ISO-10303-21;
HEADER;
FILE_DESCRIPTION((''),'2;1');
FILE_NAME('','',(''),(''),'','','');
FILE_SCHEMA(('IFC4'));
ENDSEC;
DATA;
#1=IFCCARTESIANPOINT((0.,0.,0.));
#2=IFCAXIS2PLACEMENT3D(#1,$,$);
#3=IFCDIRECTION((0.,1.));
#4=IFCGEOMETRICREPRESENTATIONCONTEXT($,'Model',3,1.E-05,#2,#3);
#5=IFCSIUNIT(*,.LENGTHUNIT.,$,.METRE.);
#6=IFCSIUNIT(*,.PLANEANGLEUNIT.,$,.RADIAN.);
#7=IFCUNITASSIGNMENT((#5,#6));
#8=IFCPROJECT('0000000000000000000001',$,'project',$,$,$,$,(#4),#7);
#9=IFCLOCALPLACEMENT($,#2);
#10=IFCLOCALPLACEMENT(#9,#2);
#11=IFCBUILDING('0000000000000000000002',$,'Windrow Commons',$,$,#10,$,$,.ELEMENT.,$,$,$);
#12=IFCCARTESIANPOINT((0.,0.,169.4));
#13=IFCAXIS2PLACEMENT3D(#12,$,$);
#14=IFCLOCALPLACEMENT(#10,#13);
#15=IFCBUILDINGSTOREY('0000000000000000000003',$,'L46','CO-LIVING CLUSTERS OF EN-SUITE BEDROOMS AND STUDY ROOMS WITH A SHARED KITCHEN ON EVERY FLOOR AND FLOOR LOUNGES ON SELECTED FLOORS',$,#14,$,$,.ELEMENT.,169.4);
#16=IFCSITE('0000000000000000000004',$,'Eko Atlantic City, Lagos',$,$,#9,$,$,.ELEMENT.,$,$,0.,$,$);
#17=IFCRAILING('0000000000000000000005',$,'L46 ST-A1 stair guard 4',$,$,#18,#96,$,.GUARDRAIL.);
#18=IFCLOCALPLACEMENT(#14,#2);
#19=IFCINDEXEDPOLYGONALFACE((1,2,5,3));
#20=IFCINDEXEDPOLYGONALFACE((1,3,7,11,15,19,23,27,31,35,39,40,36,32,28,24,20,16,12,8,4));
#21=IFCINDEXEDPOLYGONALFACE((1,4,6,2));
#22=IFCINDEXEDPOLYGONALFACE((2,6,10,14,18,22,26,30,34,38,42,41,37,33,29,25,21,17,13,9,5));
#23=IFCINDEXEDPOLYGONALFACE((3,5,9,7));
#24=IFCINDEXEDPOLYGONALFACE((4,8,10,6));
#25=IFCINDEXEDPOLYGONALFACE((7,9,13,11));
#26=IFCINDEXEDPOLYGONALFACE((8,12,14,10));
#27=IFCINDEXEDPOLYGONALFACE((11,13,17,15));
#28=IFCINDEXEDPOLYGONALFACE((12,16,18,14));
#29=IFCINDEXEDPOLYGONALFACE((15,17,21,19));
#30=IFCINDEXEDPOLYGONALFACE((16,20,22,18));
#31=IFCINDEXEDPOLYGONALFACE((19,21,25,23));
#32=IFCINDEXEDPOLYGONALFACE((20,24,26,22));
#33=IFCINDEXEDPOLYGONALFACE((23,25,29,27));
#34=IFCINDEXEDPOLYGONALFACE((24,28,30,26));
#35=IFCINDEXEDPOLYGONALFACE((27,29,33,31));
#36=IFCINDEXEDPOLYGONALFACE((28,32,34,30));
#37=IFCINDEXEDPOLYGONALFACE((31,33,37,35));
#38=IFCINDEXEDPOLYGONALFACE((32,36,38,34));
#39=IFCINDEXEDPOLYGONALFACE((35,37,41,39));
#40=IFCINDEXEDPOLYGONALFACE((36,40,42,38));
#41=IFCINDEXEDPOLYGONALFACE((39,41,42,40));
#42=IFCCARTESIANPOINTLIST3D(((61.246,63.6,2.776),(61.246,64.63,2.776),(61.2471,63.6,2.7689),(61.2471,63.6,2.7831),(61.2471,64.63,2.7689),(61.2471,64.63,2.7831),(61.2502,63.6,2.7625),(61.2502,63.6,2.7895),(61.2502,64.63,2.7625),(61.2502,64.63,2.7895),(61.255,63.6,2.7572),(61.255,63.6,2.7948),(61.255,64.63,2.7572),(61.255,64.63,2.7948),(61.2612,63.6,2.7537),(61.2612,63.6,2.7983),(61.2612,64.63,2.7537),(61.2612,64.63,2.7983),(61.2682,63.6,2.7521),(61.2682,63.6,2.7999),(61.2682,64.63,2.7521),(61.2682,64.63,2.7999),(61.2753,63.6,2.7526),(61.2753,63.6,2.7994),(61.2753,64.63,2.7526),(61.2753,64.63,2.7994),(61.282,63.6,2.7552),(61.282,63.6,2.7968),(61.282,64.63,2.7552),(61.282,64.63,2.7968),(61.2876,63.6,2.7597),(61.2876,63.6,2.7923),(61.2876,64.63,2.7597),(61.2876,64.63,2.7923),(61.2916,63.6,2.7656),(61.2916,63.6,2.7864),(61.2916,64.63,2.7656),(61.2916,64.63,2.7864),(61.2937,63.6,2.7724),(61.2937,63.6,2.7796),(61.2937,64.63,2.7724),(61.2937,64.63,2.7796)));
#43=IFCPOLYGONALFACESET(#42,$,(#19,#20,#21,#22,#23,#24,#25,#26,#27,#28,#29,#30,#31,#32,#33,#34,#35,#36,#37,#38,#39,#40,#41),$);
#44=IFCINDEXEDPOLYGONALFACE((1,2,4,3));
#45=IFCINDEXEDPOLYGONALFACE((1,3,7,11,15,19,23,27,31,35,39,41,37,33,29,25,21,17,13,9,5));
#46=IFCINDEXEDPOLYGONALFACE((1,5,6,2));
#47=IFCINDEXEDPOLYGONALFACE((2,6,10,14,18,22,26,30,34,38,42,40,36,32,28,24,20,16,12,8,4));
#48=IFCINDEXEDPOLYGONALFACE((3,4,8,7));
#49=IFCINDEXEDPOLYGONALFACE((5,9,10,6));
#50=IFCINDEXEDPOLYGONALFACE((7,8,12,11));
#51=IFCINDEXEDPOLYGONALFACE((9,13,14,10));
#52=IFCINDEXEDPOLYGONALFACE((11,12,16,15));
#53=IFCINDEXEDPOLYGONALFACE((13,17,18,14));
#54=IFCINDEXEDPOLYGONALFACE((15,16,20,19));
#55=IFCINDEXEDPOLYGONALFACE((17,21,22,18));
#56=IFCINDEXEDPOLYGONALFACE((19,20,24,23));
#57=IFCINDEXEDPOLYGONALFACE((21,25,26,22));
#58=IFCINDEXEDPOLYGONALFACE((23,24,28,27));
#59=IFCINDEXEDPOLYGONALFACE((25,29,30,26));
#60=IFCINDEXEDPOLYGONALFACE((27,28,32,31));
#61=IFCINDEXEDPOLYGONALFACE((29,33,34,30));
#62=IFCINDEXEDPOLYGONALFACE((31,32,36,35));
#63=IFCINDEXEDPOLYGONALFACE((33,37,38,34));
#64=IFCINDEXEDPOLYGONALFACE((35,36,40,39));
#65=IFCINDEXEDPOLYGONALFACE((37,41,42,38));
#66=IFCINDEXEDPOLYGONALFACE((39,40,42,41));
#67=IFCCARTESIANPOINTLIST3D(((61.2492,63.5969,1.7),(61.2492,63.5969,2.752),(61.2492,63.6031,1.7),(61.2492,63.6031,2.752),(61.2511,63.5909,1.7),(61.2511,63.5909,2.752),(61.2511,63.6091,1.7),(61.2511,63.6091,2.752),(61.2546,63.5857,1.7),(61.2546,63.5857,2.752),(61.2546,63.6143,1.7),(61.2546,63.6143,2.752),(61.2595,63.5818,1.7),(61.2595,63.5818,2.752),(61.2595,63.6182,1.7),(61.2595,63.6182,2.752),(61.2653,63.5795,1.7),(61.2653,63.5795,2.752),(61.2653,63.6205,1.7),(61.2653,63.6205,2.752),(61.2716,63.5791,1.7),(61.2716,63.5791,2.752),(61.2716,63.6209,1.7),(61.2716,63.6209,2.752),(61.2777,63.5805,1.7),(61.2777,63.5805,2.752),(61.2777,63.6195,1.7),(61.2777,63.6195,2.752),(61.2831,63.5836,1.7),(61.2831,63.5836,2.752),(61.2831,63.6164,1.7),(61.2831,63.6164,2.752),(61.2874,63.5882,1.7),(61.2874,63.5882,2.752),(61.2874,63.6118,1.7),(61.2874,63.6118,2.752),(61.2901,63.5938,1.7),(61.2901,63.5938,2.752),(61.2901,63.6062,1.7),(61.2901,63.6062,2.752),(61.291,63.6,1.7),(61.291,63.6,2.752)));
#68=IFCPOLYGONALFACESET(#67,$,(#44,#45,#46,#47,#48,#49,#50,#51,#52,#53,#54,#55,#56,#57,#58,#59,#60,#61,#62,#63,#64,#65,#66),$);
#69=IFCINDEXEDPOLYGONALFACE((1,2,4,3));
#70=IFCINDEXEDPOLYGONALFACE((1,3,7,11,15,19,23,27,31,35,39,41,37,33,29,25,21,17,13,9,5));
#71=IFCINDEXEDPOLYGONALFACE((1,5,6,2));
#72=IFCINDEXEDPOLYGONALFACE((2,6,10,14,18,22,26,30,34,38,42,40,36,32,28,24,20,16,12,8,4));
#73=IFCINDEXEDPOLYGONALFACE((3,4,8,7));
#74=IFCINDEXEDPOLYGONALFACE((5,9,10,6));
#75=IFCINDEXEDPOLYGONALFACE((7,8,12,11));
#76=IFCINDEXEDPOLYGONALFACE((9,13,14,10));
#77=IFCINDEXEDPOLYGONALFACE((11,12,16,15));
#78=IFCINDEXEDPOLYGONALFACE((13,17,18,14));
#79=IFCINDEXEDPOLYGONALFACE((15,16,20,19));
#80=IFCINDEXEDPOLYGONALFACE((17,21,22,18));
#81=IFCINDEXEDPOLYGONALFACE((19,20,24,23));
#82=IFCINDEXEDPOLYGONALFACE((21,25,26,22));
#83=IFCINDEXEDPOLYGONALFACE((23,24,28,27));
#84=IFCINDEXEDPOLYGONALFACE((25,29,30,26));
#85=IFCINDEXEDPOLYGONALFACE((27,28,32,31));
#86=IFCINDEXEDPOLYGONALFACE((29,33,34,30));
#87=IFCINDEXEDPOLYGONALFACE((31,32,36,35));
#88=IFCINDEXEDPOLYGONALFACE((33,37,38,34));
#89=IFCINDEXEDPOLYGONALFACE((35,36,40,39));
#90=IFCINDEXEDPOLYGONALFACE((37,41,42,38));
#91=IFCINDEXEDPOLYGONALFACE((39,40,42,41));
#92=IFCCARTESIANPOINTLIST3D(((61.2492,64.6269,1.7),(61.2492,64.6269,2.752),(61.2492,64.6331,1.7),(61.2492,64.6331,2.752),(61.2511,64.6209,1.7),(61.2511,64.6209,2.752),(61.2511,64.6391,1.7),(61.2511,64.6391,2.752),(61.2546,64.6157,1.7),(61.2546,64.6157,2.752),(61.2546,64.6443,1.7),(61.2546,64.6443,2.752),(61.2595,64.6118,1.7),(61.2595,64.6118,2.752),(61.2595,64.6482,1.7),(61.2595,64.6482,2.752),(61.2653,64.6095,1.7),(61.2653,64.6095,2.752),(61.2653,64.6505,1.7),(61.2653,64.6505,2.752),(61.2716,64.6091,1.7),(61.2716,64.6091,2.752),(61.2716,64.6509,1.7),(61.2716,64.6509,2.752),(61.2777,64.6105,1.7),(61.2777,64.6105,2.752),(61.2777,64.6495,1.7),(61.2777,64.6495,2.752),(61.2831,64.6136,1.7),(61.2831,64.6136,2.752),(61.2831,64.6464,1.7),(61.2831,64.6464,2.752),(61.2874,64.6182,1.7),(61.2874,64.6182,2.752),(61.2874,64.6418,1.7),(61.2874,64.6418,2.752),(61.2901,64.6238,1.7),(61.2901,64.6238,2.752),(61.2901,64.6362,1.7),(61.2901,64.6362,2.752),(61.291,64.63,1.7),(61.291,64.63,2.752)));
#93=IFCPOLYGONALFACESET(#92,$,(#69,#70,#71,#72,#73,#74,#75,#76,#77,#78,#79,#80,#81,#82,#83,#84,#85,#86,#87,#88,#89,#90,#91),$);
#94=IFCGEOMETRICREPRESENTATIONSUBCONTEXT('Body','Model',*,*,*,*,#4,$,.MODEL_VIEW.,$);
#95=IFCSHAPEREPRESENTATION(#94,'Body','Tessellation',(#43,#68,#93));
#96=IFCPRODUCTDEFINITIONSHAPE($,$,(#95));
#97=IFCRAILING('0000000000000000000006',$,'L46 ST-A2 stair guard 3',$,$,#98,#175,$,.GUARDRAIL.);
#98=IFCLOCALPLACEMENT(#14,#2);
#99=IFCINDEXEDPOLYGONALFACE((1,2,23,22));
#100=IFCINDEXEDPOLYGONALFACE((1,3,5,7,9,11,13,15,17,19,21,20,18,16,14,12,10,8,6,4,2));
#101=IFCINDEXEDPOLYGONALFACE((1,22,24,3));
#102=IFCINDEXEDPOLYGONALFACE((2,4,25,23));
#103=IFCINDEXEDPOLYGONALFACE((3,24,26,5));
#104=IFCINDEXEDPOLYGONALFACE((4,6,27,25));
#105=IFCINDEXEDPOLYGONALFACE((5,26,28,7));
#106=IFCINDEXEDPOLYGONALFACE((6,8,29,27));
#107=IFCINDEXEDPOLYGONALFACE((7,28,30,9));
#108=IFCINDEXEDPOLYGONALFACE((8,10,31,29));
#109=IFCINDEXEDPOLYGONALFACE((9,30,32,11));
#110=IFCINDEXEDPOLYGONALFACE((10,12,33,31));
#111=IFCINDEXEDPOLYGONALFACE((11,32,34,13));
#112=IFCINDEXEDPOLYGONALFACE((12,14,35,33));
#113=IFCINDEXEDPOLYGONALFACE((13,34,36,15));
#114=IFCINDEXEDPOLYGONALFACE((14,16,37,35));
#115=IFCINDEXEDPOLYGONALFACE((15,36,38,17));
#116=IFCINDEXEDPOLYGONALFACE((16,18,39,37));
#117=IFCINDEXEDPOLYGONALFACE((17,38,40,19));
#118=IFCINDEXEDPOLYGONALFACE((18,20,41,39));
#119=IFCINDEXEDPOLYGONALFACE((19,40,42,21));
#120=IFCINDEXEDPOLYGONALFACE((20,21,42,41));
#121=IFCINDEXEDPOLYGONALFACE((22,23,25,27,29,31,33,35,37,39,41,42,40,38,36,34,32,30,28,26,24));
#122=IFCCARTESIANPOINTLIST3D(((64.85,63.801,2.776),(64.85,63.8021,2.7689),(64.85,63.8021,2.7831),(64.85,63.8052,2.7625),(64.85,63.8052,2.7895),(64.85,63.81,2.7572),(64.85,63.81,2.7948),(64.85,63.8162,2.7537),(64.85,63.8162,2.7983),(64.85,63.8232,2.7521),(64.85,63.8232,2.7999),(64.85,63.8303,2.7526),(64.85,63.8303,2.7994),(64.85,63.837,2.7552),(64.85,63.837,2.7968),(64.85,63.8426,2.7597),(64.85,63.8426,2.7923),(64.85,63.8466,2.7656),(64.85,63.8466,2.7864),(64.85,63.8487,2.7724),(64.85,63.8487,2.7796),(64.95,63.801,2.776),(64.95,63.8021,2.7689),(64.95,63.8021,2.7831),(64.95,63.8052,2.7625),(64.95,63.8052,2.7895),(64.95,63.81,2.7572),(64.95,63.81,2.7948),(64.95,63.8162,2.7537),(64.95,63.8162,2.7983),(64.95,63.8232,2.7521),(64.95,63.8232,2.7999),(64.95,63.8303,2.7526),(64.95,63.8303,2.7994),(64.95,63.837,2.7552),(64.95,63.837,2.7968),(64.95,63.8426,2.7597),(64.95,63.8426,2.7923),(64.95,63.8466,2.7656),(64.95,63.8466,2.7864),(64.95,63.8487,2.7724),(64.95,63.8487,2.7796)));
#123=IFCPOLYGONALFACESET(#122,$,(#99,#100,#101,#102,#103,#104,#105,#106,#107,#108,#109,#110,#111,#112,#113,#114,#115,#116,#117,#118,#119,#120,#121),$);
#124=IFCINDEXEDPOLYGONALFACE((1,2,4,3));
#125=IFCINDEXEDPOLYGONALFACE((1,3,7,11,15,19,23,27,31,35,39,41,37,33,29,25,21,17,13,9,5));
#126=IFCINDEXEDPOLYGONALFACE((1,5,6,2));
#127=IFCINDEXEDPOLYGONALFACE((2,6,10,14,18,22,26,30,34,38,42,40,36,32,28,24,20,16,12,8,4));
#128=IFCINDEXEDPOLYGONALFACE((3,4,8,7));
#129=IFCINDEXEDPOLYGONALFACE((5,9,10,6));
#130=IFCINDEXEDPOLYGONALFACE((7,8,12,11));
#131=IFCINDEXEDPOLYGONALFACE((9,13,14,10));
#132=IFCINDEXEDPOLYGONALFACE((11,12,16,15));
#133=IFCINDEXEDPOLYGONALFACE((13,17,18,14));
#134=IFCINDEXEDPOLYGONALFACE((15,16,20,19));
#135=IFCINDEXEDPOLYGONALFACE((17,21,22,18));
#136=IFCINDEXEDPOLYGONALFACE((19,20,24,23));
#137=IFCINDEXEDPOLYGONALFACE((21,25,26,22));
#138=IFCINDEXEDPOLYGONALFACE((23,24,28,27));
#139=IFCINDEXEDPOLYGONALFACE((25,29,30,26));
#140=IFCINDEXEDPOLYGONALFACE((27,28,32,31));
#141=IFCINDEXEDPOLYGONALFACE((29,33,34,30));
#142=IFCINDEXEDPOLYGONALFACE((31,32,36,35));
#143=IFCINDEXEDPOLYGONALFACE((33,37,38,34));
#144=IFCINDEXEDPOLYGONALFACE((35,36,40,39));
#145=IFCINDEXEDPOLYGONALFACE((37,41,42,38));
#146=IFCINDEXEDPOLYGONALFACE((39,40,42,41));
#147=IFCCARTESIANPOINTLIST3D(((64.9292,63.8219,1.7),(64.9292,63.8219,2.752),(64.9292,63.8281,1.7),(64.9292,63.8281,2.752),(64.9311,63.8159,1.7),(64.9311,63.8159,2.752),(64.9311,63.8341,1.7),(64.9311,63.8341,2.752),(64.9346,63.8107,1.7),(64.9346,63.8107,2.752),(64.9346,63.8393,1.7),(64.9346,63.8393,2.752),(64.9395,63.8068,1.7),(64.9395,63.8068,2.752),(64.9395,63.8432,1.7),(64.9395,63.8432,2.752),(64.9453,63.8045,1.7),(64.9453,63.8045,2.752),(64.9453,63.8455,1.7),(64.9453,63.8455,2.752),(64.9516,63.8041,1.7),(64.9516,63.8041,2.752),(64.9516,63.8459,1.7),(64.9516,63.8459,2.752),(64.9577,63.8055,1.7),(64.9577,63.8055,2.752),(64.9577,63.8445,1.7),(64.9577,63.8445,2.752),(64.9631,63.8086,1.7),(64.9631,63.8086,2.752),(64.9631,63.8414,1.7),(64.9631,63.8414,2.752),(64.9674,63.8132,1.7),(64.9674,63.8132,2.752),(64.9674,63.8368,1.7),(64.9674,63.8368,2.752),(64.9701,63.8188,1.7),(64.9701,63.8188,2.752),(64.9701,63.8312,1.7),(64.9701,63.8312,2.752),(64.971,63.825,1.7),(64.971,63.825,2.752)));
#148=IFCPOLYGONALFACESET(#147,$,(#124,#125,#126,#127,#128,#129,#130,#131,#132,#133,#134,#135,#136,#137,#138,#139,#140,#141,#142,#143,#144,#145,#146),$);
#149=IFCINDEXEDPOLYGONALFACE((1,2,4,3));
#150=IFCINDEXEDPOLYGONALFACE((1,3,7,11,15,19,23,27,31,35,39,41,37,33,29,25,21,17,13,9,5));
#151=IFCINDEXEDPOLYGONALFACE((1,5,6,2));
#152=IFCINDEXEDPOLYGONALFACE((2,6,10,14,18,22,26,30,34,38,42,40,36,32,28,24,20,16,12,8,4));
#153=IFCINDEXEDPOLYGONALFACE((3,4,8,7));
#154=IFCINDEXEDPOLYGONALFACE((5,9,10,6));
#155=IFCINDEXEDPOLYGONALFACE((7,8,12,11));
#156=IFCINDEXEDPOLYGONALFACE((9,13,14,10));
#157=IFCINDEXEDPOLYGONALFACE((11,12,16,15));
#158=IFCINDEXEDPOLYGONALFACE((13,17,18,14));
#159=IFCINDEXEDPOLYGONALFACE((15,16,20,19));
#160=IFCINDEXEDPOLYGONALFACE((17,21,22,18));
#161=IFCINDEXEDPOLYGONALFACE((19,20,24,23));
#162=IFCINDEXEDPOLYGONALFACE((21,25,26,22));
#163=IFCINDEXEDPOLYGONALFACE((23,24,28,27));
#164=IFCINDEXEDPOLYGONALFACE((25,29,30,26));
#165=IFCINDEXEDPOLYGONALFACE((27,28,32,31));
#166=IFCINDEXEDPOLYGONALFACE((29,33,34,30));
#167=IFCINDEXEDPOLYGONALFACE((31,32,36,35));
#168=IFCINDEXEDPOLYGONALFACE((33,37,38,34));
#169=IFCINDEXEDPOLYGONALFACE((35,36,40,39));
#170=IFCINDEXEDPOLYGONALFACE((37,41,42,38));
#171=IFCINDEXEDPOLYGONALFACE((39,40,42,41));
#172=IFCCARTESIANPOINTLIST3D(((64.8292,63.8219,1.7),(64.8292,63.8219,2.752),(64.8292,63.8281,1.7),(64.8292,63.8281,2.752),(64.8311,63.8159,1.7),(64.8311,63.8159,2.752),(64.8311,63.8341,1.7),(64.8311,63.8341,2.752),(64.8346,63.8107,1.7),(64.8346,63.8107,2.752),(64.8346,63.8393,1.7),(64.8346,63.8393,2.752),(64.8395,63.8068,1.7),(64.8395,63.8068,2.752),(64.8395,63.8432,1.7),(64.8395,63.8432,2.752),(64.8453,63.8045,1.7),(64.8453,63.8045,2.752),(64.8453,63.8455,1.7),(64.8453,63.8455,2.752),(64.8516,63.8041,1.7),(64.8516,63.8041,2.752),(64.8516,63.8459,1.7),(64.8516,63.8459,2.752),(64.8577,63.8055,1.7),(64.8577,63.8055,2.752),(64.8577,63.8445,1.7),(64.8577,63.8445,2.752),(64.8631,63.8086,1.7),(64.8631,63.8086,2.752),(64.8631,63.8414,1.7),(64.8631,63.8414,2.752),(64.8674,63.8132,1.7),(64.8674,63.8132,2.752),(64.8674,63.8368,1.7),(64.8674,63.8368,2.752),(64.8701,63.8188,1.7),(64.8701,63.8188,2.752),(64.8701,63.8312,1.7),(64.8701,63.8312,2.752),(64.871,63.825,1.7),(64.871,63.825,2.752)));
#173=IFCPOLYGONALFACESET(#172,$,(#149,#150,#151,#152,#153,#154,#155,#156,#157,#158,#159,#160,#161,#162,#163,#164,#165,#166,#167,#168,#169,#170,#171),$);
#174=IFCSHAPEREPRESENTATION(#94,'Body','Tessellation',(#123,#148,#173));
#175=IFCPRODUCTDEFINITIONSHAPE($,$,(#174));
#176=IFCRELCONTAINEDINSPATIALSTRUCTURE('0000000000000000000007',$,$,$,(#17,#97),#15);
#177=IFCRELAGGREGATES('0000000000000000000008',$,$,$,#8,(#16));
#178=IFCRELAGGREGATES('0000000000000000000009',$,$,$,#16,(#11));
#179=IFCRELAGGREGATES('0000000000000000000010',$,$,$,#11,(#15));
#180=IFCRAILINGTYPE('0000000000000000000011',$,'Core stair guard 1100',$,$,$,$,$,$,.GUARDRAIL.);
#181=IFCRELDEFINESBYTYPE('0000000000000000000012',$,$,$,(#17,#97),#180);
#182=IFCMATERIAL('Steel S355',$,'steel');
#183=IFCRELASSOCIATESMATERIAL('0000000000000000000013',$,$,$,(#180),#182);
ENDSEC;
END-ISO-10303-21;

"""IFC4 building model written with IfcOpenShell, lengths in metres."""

from ifc_helpers import new_model, si_unit, direction, frame, origin, origin_2d, place, context, subcontext, project, spatial, circle, extrude, material, type_object, element, save


model = new_model("IFC4")

# Units and contexts
model_context = context("Model", 3, precision=1e-05, world=origin(), true_north=direction((0.0, 1.0)))
body_context = subcontext(model_context, "Body", "Model", "MODEL_VIEW")
ifc_project = project(units=[si_unit("LENGTHUNIT", "METRE"), si_unit("PLANEANGLEUNIT", "RADIAN")], contexts=[model_context])

# Site, building, storey
site_placement = place(None, origin())
site = spatial("IfcSite", under=ifc_project, at=site_placement, Name="Eko Atlantic City, Lagos", CompositionType="ELEMENT", RefElevation=0.0)
building_placement = place(site_placement, origin())
building = spatial("IfcBuilding", under=site, at=building_placement, Name="Windrow Commons", CompositionType="ELEMENT")
storey_placement = place(building_placement, frame((0.0, 0.0, 169.4)))
storey = spatial("IfcBuildingStorey", under=building, at=storey_placement, Name="L46", Description="CO-LIVING CLUSTERS OF EN-SUITE BEDROOMS AND STUDY ROOMS WITH A SHARED KITCHEN ON EVERY FLOOR AND FLOOR LOUNGES ON SELECTED FLOORS", CompositionType="ELEMENT", Elevation=169.4)

# Railings
ifc_material_1 = material(Name="Steel S355", Category="steel")
railing_type_1 = type_object("IfcRailingType", Name="Core stair guard 1100", PredefinedType="GUARDRAIL", material=ifc_material_1)
for number, where, name in (
    (1, (61.27, 63.6, 1.7), "L46 ST-A1 stair guard 4"),
):
    element("IfcRailing", number, at=place(storey_placement, frame(where)), inside=storey, type_object=railing_type_1, Name=name, PredefinedType="GUARDRAIL", context=body_context, shape_type="SweptSolid", body=[
        extrude(circle(Radius=0.024, at=origin_2d()), frame((0.0, 0.0, 1.076), z_axis=(0.0, 1.0, 0.0), x_axis=(-1.0, 0.0, 0.0)), (0.0, 0.0, 1.0), 1.03),
        extrude(circle(Radius=0.021, at=origin_2d()), origin(), (0.0, 0.0, 1.0), 1.052),
        extrude(circle(Radius=0.021, at=origin_2d()), frame((0.0, 1.03, 0.0)), (0.0, 0.0, 1.0), 1.052),
    ])
railing_1_placement = place(storey_placement, frame((64.95, 63.825, 1.7)))
element("IfcRailing", 2, at=railing_1_placement, inside=storey, type_object=railing_type_1, Name="L46 ST-A2 stair guard 3", PredefinedType="GUARDRAIL", context=body_context, shape_type="SweptSolid", body=[
    extrude(circle(Radius=0.024, at=origin_2d()), frame((0.0, 0.0, 1.076), z_axis=(-1.0, 0.0, 0.0), x_axis=(0.0, -1.0, 0.0)), (0.0, 0.0, 1.0), 0.1),
    extrude(circle(Radius=0.021, at=origin_2d()), origin(), (0.0, 0.0, 1.0), 1.052),
    extrude(circle(Radius=0.021, at=origin_2d()), frame((-0.1, 0.0, 0.0)), (0.0, 0.0, 1.0), 1.052),
])

save(model, "model.ifc")
